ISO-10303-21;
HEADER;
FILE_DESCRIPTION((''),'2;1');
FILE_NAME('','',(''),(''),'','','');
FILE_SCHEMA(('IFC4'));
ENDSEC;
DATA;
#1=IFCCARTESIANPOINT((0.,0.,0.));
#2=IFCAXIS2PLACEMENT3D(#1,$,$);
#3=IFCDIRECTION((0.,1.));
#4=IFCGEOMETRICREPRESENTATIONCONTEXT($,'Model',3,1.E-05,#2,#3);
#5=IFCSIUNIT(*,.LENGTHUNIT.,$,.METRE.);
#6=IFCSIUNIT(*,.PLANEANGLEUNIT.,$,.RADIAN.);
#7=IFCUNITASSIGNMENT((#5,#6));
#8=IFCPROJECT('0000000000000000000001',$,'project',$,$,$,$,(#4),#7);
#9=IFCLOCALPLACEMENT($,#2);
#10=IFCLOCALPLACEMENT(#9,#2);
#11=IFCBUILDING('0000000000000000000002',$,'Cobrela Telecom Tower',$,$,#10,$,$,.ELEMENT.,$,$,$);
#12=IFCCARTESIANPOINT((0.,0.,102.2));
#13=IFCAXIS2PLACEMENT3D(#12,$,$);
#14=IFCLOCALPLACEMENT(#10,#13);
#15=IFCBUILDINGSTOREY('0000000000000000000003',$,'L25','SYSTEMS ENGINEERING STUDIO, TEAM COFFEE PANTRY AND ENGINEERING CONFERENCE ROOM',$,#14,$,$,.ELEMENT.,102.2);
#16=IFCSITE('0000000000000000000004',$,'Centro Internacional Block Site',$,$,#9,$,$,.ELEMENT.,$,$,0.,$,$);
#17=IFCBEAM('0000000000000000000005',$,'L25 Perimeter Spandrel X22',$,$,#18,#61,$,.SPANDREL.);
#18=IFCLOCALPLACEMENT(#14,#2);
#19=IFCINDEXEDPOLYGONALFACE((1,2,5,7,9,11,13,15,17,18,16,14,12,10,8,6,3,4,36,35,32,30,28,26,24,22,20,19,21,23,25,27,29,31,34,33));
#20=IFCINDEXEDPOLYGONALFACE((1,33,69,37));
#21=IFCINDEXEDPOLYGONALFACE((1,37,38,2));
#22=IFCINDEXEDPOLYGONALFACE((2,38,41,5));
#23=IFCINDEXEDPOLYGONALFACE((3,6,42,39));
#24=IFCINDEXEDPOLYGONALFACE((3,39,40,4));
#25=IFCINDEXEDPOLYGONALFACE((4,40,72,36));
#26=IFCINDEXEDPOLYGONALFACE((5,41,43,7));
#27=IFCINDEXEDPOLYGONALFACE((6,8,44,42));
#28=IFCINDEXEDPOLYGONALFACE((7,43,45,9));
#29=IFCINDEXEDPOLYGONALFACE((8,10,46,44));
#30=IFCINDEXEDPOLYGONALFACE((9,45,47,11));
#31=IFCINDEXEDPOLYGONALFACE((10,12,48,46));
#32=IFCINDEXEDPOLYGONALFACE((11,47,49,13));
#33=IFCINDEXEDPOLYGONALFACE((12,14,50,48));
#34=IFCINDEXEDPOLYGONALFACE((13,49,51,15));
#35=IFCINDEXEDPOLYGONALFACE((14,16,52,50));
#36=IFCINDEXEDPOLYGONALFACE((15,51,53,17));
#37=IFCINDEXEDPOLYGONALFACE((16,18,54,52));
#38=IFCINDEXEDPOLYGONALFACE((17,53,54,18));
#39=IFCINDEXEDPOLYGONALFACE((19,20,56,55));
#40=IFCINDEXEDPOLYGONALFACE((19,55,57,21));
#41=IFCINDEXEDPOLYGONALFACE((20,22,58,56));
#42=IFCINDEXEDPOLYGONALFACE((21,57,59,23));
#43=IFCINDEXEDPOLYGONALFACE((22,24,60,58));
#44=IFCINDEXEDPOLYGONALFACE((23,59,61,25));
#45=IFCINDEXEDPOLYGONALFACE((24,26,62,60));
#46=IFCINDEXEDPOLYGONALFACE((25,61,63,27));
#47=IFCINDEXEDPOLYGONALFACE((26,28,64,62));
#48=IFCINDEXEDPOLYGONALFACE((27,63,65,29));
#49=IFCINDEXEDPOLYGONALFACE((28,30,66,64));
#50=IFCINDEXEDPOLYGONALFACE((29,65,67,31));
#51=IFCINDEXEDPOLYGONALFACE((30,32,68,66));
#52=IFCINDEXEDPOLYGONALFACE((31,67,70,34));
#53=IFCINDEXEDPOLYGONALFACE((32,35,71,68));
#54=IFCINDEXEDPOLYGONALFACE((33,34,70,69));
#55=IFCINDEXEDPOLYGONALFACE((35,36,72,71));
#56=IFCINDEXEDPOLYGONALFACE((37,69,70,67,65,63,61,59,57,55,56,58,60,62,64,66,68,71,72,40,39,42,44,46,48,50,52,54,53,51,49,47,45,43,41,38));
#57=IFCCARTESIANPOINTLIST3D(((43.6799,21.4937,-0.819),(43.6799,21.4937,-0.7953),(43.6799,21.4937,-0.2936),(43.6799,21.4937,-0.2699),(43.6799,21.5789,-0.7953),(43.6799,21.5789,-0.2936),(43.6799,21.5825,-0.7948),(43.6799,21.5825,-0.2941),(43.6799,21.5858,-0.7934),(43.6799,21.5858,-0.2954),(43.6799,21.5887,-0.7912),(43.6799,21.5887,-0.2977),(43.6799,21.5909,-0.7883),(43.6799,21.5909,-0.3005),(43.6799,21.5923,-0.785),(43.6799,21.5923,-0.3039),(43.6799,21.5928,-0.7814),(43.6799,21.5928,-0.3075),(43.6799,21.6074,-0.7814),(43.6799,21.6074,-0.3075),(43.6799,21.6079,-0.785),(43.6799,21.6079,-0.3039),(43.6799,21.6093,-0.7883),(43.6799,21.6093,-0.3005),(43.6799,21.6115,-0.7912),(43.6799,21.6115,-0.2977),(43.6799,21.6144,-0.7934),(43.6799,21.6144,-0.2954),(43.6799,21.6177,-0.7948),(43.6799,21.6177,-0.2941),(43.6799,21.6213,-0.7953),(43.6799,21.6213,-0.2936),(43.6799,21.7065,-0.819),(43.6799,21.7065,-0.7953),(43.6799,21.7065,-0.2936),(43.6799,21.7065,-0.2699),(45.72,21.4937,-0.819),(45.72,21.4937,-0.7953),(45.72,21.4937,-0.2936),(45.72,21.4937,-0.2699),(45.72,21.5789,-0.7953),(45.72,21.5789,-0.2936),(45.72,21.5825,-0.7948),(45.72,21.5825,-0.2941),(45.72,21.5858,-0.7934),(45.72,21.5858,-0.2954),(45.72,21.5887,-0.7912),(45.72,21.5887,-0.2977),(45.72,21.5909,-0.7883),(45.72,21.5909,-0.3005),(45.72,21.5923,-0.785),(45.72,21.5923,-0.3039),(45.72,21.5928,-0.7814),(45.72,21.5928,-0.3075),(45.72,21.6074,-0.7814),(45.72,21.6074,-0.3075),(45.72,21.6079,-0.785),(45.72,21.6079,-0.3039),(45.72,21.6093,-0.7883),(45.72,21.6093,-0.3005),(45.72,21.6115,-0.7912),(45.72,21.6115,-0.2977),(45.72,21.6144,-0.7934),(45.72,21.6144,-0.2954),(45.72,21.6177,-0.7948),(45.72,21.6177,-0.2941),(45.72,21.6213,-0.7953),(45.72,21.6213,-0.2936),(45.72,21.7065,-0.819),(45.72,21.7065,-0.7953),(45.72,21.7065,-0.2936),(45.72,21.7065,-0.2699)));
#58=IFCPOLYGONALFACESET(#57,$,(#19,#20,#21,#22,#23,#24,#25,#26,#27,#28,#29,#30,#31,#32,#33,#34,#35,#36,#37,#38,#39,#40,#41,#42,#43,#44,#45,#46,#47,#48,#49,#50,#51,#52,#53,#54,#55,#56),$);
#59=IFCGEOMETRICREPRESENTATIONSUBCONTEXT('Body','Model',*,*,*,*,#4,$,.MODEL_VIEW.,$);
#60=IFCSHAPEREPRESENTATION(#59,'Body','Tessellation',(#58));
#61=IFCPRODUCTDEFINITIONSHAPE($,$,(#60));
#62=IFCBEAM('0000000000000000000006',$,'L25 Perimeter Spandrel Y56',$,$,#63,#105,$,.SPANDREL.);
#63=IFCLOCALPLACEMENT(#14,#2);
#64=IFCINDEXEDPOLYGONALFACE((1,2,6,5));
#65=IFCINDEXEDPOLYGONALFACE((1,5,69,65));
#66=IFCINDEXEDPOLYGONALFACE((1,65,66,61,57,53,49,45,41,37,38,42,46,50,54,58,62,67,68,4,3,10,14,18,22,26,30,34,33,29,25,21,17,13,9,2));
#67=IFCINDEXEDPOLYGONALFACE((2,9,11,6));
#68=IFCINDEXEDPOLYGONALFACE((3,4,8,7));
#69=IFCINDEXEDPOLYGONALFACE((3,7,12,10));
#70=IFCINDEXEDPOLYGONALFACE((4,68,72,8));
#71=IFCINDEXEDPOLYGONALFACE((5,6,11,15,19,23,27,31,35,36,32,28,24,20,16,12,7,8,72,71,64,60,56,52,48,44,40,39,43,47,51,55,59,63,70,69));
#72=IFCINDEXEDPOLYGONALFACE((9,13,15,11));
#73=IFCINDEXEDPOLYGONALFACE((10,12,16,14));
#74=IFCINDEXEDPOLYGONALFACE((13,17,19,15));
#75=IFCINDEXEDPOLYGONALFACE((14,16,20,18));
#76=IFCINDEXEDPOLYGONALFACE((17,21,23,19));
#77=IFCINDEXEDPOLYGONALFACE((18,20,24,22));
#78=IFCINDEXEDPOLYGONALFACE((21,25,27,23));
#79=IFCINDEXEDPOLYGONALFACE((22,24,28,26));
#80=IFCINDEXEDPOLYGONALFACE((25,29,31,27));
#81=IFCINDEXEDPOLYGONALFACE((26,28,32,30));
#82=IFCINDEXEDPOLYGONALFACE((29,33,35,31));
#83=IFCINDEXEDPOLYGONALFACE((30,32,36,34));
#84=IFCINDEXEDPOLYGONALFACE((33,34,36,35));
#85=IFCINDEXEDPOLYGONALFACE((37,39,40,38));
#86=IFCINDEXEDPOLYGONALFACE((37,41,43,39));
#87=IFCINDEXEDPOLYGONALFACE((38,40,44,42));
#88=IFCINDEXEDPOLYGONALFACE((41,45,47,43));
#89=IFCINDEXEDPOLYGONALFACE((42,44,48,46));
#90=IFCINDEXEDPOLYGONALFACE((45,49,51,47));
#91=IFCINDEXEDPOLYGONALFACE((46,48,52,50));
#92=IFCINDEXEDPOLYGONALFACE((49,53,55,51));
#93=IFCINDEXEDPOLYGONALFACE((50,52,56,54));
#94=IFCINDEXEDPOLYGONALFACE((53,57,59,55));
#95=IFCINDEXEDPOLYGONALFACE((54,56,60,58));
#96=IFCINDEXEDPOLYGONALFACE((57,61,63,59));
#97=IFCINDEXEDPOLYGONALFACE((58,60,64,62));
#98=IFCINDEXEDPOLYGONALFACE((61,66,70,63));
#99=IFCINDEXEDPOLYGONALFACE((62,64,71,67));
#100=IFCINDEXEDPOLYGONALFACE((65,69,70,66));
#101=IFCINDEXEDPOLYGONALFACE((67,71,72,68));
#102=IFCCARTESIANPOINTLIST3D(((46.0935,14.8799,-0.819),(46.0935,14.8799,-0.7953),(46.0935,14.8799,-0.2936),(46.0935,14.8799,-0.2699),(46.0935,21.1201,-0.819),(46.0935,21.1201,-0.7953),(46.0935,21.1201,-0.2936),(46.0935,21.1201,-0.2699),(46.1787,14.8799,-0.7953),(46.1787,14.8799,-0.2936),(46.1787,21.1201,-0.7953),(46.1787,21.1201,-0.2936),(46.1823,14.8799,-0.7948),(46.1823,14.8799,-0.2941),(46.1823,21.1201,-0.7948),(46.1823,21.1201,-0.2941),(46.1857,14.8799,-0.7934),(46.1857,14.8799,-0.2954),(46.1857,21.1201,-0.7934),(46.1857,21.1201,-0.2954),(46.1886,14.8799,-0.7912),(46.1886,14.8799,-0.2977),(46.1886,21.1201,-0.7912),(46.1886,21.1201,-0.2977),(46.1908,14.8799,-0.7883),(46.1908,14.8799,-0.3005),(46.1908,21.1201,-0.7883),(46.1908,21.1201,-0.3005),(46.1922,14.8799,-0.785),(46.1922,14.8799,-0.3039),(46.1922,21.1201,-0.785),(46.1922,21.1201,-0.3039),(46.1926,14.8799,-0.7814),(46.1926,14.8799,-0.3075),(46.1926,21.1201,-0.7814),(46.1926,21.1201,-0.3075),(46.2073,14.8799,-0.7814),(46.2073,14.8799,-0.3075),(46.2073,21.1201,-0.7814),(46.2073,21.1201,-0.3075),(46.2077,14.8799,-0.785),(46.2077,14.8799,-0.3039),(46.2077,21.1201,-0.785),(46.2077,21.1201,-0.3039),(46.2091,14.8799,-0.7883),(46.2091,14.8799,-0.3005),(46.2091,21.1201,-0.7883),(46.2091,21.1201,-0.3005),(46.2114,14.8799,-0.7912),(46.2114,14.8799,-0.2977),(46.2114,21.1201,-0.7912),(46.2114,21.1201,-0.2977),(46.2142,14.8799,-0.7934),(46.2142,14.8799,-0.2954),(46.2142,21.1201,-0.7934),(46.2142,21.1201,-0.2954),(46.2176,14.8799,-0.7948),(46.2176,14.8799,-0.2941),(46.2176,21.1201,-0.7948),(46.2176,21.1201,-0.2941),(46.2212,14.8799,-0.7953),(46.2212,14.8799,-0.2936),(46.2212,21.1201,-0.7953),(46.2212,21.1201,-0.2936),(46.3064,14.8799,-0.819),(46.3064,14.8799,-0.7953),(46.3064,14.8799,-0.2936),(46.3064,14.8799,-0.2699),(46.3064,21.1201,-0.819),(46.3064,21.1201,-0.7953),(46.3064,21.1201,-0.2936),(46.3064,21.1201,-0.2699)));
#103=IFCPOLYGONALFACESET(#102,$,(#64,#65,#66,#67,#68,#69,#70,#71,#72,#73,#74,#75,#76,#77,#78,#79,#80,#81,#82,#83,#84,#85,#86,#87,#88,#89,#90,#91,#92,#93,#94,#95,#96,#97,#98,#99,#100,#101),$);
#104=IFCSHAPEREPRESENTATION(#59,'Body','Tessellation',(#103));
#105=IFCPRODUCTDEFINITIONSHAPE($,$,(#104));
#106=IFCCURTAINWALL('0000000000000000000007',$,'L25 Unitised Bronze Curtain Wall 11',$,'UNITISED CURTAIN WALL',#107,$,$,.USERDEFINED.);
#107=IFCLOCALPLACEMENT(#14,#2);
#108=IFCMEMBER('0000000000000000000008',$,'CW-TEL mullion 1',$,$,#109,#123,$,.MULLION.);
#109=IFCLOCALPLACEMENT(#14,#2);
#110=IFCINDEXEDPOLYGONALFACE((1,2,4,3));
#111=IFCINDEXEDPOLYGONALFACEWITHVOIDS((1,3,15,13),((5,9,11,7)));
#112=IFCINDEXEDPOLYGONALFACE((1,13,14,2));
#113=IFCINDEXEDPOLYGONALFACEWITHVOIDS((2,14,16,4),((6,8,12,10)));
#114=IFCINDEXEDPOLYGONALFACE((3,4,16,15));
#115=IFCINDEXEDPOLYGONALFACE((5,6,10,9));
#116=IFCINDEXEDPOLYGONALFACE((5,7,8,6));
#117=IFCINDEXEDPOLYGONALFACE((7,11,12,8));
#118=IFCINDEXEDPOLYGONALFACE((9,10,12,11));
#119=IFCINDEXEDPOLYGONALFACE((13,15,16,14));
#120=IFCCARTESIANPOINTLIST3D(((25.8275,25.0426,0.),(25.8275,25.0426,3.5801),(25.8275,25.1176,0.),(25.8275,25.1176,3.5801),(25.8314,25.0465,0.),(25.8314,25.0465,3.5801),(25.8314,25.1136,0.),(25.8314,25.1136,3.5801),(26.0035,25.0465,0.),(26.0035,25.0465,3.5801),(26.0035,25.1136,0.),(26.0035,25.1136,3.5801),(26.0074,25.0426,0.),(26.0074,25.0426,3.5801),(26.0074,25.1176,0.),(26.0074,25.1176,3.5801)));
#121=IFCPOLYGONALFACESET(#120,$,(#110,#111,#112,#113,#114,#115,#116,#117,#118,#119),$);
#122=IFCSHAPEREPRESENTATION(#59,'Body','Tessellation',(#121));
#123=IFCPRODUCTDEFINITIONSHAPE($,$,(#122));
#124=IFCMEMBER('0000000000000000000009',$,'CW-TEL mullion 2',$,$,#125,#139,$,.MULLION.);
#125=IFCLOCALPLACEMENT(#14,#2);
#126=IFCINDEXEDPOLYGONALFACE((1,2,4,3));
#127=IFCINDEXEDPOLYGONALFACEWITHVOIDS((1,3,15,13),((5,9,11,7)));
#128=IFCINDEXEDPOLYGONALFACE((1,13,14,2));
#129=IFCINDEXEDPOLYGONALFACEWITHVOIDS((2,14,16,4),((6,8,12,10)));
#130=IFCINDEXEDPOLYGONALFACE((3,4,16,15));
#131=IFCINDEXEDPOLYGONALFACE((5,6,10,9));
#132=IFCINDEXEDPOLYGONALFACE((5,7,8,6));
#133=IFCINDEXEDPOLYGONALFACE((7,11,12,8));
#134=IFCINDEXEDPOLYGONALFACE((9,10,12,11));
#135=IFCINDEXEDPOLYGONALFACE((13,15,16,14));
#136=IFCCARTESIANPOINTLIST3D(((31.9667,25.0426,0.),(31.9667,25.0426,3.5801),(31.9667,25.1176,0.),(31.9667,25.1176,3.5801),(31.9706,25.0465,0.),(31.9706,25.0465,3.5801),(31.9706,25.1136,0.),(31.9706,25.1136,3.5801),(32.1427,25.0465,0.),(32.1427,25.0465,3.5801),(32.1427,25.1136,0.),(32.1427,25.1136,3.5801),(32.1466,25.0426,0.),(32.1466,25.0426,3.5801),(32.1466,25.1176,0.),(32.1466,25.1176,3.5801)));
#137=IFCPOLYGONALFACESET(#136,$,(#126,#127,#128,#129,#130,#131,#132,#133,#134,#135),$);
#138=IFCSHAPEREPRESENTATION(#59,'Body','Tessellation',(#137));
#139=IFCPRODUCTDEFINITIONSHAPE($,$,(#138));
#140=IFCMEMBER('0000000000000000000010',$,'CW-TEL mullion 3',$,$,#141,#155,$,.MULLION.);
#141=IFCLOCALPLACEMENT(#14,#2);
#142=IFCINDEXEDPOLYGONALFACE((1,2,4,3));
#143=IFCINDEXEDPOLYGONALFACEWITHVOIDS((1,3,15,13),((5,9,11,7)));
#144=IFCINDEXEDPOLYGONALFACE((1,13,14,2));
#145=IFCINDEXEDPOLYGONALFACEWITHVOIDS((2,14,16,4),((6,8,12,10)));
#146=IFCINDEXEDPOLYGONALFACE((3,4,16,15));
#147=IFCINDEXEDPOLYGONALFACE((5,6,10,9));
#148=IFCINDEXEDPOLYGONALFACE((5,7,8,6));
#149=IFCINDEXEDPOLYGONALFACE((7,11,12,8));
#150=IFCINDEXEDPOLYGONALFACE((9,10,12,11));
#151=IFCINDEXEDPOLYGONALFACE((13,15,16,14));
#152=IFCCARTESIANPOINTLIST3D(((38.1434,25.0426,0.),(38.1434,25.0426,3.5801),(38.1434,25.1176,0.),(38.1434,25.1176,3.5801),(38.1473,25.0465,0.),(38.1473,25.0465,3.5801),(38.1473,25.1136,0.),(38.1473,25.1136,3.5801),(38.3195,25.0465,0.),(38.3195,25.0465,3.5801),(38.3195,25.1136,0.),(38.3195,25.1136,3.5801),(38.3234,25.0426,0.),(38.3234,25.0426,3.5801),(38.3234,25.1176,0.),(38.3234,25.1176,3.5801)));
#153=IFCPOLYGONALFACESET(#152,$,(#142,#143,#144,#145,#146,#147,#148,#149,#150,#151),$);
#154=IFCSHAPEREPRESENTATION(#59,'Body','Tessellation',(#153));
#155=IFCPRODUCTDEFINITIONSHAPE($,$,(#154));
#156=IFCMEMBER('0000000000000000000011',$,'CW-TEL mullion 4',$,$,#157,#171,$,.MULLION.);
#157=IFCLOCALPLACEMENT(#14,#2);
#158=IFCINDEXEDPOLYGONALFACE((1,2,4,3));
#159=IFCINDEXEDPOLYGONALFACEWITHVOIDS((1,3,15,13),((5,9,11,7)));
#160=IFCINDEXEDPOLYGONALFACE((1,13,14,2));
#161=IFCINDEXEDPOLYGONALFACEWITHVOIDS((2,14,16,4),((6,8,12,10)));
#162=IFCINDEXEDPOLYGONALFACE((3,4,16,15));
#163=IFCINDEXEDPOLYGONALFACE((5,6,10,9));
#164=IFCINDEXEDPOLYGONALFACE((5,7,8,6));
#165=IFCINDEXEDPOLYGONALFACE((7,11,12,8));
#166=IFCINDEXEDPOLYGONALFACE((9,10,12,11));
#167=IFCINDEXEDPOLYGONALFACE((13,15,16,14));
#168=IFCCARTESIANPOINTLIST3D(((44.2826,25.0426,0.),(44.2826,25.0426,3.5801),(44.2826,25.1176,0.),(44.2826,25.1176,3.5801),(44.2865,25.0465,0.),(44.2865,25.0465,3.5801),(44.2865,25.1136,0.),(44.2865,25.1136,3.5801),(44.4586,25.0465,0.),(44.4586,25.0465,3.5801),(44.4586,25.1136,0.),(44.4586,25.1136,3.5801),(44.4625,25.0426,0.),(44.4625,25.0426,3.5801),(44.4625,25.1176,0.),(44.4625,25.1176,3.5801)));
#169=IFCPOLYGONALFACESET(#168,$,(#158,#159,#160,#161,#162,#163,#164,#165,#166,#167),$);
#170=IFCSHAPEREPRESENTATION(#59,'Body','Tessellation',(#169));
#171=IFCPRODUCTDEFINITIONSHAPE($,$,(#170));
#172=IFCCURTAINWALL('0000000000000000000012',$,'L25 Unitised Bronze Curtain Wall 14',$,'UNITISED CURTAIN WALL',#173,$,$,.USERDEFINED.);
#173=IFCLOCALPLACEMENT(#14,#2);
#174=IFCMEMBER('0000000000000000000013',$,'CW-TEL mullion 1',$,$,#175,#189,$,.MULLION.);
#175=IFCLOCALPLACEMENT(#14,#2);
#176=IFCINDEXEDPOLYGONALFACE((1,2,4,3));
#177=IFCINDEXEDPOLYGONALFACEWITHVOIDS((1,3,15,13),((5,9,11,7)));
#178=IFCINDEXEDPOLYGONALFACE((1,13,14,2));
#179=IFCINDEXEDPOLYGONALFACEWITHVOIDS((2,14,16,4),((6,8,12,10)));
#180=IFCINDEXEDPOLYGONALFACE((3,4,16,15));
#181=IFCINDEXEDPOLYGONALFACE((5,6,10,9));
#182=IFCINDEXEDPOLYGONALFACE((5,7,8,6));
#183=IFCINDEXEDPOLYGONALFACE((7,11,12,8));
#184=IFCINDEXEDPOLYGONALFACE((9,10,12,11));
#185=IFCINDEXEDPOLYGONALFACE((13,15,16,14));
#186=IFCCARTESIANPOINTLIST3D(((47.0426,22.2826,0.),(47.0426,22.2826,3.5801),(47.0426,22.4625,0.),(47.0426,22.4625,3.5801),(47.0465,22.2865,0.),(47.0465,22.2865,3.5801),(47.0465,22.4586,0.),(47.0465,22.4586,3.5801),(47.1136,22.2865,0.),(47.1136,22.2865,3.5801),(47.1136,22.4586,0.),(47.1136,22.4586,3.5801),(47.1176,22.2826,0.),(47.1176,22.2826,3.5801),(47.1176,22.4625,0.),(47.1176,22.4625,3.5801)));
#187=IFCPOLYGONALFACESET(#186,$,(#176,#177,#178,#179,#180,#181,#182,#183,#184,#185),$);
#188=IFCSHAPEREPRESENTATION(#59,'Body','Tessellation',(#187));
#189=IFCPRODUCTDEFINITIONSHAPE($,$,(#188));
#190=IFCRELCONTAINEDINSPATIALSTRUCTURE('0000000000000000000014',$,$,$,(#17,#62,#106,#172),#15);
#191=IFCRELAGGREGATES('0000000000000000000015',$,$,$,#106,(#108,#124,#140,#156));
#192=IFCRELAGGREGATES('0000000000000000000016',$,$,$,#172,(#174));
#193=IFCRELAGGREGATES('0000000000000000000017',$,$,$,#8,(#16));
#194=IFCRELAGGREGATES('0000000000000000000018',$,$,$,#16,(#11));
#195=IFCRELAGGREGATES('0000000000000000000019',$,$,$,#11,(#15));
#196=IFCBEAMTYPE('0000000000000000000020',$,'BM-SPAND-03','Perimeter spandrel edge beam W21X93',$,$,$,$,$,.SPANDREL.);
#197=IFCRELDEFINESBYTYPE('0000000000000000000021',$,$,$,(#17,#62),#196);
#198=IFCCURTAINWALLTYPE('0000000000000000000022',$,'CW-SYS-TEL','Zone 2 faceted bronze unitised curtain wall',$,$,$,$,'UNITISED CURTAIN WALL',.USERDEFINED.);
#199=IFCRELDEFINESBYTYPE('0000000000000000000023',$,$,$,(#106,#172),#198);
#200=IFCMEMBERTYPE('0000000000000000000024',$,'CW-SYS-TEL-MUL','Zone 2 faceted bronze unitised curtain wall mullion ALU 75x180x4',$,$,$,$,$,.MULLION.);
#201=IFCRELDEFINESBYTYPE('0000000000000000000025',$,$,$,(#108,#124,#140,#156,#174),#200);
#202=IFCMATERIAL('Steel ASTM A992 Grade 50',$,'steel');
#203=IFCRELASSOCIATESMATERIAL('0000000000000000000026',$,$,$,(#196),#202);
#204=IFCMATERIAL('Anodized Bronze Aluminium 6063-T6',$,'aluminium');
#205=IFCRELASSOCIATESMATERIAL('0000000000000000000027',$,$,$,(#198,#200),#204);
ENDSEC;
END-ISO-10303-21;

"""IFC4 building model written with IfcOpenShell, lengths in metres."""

from ifc_helpers import new_model, si_unit, direction, frame, origin, origin_2d, place, context, subcontext, project, spatial, hollow_rectangle, i_section, extrude, material, material_profile, profile_set, type_object, element, aggregate, save


model = new_model("IFC4")

# Units and contexts
model_context = context("Model", 3, precision=1e-05, world=origin(), true_north=direction((0.0, 1.0)))
body_context = subcontext(model_context, "Body", "Model", "MODEL_VIEW")
ifc_project = project(units=[si_unit("LENGTHUNIT", "METRE"), si_unit("PLANEANGLEUNIT", "RADIAN")], contexts=[model_context])

# Site, building, storey
site_placement = place(None, origin())
site = spatial("IfcSite", under=ifc_project, at=site_placement, Name="Centro Internacional Block Site", CompositionType="ELEMENT", RefElevation=0.0)
building_placement = place(site_placement, origin())
building = spatial("IfcBuilding", under=site, at=building_placement, Name="Cobrela Telecom Tower", CompositionType="ELEMENT")
storey_placement = place(building_placement, frame((0.0, 0.0, 102.2)))
storey = spatial("IfcBuildingStorey", under=building, at=storey_placement, Name="L25", Description="SYSTEMS ENGINEERING STUDIO, TEAM COFFEE PANTRY AND ENGINEERING CONFERENCE ROOM", CompositionType="ELEMENT", Elevation=102.2)

# Shared definitions
ifc_material_1 = material(Name="Steel ASTM A992 Grade 50", Category="steel")

# Beams
ifc_material_profile_1 = material_profile(ifc_material_1, i_section(OverallWidth=0.2129, OverallDepth=0.5491, WebThickness=0.0146, FlangeThickness=0.0237, FilletRadius=0.0139, at=origin_2d()), Name="W21X93")
ifc_profile_set_1 = profile_set([ifc_material_profile_1], Name="Steel ASTM A992 Grade 50")
beam_type_1 = type_object("IfcBeamType", Name="BM-SPAND-03", Description="Perimeter spandrel edge beam W21X93", PredefinedType="SPANDREL", material=ifc_profile_set_1)
beam_1_placement = place(storey_placement, frame((43.6799, 21.6001, -0.5444), z_axis=(1.0, 0.0, 0.0), x_axis=(0.0, 1.0, 0.0)))
element("IfcBeam", 1, at=beam_1_placement, inside=storey, type_object=beam_type_1, Name="L25 Perimeter Spandrel X22", PredefinedType="SPANDREL", context=body_context, shape_type="SweptSolid", body=[
    extrude(i_section(OverallWidth=0.2129, OverallDepth=0.5491, WebThickness=0.0146, FlangeThickness=0.0237, FilletRadius=0.0139, at=origin_2d()), origin(), (0.0, 0.0, 1.0), 2.04),
])
beam_2_placement = place(storey_placement, frame((46.2, 14.8799, -0.5444), z_axis=(0.0, 1.0, 0.0), x_axis=(-1.0, 0.0, 0.0)))
element("IfcBeam", 2, at=beam_2_placement, inside=storey, type_object=beam_type_1, Name="L25 Perimeter Spandrel Y56", PredefinedType="SPANDREL", context=body_context, shape_type="SweptSolid", body=[
    extrude(i_section(OverallWidth=0.2129, OverallDepth=0.5491, WebThickness=0.0146, FlangeThickness=0.0237, FilletRadius=0.0139, at=origin_2d()), origin(), (0.0, 0.0, 1.0), 6.2402),
])

# Curtain wall, members
ifc_material_2 = material(Name="Anodized Bronze Aluminium 6063-T6", Category="aluminium")
curtain_wall_type = type_object("IfcCurtainWallType", Name="CW-SYS-TEL", Description="Zone 2 faceted bronze unitised curtain wall", ElementType="UNITISED CURTAIN WALL", PredefinedType="USERDEFINED", material=ifc_material_2)
curtain_wall_1_placement = place(storey_placement, origin())
curtain_wall_1 = element("IfcCurtainWall", 3, at=curtain_wall_1_placement, inside=storey, type_object=curtain_wall_type, Name="L25 Unitised Bronze Curtain Wall 11", ObjectType="UNITISED CURTAIN WALL", PredefinedType="USERDEFINED")
ifc_material_profile_2 = material_profile(ifc_material_2, hollow_rectangle(XDim=0.075, YDim=0.1799, WallThickness=0.0039, at=origin_2d()), Name="ALU 75x180x4")
ifc_profile_set_2 = profile_set([ifc_material_profile_2], Name="Anodized Bronze Aluminium 6063-T6")
member_type_1 = type_object("IfcMemberType", Name="CW-SYS-TEL-MUL", Description="Zone 2 faceted bronze unitised curtain wall mullion ALU 75x180x4", PredefinedType="MULLION", material=ifc_profile_set_2)
member_1_placement = place(storey_placement, frame((25.9175, 25.0801, 0.0), z_axis=(0.0, 0.0, 1.0), x_axis=(0.0, 1.0, 0.0)))
member_1 = element("IfcMember", 4, at=member_1_placement, type_object=member_type_1, Name="CW-TEL mullion 1", PredefinedType="MULLION", context=body_context, shape_type="SweptSolid", body=[
    extrude(hollow_rectangle(XDim=0.075, YDim=0.1799, WallThickness=0.0039, at=origin_2d()), origin(), (0.0, 0.0, 1.0), 3.5801),
])
member_2_placement = place(storey_placement, frame((32.0566, 25.0801, 0.0), z_axis=(0.0, 0.0, 1.0), x_axis=(0.0, 1.0, 0.0)))
member_2 = element("IfcMember", 5, at=member_2_placement, type_object=member_type_1, Name="CW-TEL mullion 2", PredefinedType="MULLION", context=body_context, shape_type="SweptSolid", body=[
    extrude(hollow_rectangle(XDim=0.075, YDim=0.1799, WallThickness=0.0039, at=origin_2d()), origin(), (0.0, 0.0, 1.0), 3.5801),
])
member_3_placement = place(storey_placement, frame((38.2334, 25.0801, 0.0), z_axis=(0.0, 0.0, 1.0), x_axis=(0.0, 1.0, 0.0)))
member_3 = element("IfcMember", 6, at=member_3_placement, type_object=member_type_1, Name="CW-TEL mullion 3", PredefinedType="MULLION", context=body_context, shape_type="SweptSolid", body=[
    extrude(hollow_rectangle(XDim=0.075, YDim=0.1799, WallThickness=0.0039, at=origin_2d()), origin(), (0.0, 0.0, 1.0), 3.5801),
])
member_4_placement = place(storey_placement, frame((44.3726, 25.0801, 0.0), z_axis=(0.0, 0.0, 1.0), x_axis=(0.0, 1.0, 0.0)))
member_4 = element("IfcMember", 7, at=member_4_placement, type_object=member_type_1, Name="CW-TEL mullion 4", PredefinedType="MULLION", context=body_context, shape_type="SweptSolid", body=[
    extrude(hollow_rectangle(XDim=0.075, YDim=0.1799, WallThickness=0.0039, at=origin_2d()), origin(), (0.0, 0.0, 1.0), 3.5801),
])

# Curtain wall, member
curtain_wall_2_placement = place(storey_placement, origin())
curtain_wall_2 = element("IfcCurtainWall", 8, at=curtain_wall_2_placement, inside=storey, type_object=curtain_wall_type, Name="L25 Unitised Bronze Curtain Wall 14", ObjectType="UNITISED CURTAIN WALL", PredefinedType="USERDEFINED")
member_5_placement = place(storey_placement, frame((47.0801, 22.3726, 0.0), z_axis=(0.0, 0.0, 1.0), x_axis=(1.0, 0.0, 0.0)))
member_5 = element("IfcMember", 9, at=member_5_placement, type_object=member_type_1, Name="CW-TEL mullion 1", PredefinedType="MULLION", context=body_context, shape_type="SweptSolid", body=[
    extrude(hollow_rectangle(XDim=0.075, YDim=0.1799, WallThickness=0.0039, at=origin_2d()), origin(), (0.0, 0.0, 1.0), 3.5801),
])

aggregate(curtain_wall_1, [member_1, member_2, member_3, member_4])
aggregate(curtain_wall_2, [member_5])

save(model, "model.ifc")
